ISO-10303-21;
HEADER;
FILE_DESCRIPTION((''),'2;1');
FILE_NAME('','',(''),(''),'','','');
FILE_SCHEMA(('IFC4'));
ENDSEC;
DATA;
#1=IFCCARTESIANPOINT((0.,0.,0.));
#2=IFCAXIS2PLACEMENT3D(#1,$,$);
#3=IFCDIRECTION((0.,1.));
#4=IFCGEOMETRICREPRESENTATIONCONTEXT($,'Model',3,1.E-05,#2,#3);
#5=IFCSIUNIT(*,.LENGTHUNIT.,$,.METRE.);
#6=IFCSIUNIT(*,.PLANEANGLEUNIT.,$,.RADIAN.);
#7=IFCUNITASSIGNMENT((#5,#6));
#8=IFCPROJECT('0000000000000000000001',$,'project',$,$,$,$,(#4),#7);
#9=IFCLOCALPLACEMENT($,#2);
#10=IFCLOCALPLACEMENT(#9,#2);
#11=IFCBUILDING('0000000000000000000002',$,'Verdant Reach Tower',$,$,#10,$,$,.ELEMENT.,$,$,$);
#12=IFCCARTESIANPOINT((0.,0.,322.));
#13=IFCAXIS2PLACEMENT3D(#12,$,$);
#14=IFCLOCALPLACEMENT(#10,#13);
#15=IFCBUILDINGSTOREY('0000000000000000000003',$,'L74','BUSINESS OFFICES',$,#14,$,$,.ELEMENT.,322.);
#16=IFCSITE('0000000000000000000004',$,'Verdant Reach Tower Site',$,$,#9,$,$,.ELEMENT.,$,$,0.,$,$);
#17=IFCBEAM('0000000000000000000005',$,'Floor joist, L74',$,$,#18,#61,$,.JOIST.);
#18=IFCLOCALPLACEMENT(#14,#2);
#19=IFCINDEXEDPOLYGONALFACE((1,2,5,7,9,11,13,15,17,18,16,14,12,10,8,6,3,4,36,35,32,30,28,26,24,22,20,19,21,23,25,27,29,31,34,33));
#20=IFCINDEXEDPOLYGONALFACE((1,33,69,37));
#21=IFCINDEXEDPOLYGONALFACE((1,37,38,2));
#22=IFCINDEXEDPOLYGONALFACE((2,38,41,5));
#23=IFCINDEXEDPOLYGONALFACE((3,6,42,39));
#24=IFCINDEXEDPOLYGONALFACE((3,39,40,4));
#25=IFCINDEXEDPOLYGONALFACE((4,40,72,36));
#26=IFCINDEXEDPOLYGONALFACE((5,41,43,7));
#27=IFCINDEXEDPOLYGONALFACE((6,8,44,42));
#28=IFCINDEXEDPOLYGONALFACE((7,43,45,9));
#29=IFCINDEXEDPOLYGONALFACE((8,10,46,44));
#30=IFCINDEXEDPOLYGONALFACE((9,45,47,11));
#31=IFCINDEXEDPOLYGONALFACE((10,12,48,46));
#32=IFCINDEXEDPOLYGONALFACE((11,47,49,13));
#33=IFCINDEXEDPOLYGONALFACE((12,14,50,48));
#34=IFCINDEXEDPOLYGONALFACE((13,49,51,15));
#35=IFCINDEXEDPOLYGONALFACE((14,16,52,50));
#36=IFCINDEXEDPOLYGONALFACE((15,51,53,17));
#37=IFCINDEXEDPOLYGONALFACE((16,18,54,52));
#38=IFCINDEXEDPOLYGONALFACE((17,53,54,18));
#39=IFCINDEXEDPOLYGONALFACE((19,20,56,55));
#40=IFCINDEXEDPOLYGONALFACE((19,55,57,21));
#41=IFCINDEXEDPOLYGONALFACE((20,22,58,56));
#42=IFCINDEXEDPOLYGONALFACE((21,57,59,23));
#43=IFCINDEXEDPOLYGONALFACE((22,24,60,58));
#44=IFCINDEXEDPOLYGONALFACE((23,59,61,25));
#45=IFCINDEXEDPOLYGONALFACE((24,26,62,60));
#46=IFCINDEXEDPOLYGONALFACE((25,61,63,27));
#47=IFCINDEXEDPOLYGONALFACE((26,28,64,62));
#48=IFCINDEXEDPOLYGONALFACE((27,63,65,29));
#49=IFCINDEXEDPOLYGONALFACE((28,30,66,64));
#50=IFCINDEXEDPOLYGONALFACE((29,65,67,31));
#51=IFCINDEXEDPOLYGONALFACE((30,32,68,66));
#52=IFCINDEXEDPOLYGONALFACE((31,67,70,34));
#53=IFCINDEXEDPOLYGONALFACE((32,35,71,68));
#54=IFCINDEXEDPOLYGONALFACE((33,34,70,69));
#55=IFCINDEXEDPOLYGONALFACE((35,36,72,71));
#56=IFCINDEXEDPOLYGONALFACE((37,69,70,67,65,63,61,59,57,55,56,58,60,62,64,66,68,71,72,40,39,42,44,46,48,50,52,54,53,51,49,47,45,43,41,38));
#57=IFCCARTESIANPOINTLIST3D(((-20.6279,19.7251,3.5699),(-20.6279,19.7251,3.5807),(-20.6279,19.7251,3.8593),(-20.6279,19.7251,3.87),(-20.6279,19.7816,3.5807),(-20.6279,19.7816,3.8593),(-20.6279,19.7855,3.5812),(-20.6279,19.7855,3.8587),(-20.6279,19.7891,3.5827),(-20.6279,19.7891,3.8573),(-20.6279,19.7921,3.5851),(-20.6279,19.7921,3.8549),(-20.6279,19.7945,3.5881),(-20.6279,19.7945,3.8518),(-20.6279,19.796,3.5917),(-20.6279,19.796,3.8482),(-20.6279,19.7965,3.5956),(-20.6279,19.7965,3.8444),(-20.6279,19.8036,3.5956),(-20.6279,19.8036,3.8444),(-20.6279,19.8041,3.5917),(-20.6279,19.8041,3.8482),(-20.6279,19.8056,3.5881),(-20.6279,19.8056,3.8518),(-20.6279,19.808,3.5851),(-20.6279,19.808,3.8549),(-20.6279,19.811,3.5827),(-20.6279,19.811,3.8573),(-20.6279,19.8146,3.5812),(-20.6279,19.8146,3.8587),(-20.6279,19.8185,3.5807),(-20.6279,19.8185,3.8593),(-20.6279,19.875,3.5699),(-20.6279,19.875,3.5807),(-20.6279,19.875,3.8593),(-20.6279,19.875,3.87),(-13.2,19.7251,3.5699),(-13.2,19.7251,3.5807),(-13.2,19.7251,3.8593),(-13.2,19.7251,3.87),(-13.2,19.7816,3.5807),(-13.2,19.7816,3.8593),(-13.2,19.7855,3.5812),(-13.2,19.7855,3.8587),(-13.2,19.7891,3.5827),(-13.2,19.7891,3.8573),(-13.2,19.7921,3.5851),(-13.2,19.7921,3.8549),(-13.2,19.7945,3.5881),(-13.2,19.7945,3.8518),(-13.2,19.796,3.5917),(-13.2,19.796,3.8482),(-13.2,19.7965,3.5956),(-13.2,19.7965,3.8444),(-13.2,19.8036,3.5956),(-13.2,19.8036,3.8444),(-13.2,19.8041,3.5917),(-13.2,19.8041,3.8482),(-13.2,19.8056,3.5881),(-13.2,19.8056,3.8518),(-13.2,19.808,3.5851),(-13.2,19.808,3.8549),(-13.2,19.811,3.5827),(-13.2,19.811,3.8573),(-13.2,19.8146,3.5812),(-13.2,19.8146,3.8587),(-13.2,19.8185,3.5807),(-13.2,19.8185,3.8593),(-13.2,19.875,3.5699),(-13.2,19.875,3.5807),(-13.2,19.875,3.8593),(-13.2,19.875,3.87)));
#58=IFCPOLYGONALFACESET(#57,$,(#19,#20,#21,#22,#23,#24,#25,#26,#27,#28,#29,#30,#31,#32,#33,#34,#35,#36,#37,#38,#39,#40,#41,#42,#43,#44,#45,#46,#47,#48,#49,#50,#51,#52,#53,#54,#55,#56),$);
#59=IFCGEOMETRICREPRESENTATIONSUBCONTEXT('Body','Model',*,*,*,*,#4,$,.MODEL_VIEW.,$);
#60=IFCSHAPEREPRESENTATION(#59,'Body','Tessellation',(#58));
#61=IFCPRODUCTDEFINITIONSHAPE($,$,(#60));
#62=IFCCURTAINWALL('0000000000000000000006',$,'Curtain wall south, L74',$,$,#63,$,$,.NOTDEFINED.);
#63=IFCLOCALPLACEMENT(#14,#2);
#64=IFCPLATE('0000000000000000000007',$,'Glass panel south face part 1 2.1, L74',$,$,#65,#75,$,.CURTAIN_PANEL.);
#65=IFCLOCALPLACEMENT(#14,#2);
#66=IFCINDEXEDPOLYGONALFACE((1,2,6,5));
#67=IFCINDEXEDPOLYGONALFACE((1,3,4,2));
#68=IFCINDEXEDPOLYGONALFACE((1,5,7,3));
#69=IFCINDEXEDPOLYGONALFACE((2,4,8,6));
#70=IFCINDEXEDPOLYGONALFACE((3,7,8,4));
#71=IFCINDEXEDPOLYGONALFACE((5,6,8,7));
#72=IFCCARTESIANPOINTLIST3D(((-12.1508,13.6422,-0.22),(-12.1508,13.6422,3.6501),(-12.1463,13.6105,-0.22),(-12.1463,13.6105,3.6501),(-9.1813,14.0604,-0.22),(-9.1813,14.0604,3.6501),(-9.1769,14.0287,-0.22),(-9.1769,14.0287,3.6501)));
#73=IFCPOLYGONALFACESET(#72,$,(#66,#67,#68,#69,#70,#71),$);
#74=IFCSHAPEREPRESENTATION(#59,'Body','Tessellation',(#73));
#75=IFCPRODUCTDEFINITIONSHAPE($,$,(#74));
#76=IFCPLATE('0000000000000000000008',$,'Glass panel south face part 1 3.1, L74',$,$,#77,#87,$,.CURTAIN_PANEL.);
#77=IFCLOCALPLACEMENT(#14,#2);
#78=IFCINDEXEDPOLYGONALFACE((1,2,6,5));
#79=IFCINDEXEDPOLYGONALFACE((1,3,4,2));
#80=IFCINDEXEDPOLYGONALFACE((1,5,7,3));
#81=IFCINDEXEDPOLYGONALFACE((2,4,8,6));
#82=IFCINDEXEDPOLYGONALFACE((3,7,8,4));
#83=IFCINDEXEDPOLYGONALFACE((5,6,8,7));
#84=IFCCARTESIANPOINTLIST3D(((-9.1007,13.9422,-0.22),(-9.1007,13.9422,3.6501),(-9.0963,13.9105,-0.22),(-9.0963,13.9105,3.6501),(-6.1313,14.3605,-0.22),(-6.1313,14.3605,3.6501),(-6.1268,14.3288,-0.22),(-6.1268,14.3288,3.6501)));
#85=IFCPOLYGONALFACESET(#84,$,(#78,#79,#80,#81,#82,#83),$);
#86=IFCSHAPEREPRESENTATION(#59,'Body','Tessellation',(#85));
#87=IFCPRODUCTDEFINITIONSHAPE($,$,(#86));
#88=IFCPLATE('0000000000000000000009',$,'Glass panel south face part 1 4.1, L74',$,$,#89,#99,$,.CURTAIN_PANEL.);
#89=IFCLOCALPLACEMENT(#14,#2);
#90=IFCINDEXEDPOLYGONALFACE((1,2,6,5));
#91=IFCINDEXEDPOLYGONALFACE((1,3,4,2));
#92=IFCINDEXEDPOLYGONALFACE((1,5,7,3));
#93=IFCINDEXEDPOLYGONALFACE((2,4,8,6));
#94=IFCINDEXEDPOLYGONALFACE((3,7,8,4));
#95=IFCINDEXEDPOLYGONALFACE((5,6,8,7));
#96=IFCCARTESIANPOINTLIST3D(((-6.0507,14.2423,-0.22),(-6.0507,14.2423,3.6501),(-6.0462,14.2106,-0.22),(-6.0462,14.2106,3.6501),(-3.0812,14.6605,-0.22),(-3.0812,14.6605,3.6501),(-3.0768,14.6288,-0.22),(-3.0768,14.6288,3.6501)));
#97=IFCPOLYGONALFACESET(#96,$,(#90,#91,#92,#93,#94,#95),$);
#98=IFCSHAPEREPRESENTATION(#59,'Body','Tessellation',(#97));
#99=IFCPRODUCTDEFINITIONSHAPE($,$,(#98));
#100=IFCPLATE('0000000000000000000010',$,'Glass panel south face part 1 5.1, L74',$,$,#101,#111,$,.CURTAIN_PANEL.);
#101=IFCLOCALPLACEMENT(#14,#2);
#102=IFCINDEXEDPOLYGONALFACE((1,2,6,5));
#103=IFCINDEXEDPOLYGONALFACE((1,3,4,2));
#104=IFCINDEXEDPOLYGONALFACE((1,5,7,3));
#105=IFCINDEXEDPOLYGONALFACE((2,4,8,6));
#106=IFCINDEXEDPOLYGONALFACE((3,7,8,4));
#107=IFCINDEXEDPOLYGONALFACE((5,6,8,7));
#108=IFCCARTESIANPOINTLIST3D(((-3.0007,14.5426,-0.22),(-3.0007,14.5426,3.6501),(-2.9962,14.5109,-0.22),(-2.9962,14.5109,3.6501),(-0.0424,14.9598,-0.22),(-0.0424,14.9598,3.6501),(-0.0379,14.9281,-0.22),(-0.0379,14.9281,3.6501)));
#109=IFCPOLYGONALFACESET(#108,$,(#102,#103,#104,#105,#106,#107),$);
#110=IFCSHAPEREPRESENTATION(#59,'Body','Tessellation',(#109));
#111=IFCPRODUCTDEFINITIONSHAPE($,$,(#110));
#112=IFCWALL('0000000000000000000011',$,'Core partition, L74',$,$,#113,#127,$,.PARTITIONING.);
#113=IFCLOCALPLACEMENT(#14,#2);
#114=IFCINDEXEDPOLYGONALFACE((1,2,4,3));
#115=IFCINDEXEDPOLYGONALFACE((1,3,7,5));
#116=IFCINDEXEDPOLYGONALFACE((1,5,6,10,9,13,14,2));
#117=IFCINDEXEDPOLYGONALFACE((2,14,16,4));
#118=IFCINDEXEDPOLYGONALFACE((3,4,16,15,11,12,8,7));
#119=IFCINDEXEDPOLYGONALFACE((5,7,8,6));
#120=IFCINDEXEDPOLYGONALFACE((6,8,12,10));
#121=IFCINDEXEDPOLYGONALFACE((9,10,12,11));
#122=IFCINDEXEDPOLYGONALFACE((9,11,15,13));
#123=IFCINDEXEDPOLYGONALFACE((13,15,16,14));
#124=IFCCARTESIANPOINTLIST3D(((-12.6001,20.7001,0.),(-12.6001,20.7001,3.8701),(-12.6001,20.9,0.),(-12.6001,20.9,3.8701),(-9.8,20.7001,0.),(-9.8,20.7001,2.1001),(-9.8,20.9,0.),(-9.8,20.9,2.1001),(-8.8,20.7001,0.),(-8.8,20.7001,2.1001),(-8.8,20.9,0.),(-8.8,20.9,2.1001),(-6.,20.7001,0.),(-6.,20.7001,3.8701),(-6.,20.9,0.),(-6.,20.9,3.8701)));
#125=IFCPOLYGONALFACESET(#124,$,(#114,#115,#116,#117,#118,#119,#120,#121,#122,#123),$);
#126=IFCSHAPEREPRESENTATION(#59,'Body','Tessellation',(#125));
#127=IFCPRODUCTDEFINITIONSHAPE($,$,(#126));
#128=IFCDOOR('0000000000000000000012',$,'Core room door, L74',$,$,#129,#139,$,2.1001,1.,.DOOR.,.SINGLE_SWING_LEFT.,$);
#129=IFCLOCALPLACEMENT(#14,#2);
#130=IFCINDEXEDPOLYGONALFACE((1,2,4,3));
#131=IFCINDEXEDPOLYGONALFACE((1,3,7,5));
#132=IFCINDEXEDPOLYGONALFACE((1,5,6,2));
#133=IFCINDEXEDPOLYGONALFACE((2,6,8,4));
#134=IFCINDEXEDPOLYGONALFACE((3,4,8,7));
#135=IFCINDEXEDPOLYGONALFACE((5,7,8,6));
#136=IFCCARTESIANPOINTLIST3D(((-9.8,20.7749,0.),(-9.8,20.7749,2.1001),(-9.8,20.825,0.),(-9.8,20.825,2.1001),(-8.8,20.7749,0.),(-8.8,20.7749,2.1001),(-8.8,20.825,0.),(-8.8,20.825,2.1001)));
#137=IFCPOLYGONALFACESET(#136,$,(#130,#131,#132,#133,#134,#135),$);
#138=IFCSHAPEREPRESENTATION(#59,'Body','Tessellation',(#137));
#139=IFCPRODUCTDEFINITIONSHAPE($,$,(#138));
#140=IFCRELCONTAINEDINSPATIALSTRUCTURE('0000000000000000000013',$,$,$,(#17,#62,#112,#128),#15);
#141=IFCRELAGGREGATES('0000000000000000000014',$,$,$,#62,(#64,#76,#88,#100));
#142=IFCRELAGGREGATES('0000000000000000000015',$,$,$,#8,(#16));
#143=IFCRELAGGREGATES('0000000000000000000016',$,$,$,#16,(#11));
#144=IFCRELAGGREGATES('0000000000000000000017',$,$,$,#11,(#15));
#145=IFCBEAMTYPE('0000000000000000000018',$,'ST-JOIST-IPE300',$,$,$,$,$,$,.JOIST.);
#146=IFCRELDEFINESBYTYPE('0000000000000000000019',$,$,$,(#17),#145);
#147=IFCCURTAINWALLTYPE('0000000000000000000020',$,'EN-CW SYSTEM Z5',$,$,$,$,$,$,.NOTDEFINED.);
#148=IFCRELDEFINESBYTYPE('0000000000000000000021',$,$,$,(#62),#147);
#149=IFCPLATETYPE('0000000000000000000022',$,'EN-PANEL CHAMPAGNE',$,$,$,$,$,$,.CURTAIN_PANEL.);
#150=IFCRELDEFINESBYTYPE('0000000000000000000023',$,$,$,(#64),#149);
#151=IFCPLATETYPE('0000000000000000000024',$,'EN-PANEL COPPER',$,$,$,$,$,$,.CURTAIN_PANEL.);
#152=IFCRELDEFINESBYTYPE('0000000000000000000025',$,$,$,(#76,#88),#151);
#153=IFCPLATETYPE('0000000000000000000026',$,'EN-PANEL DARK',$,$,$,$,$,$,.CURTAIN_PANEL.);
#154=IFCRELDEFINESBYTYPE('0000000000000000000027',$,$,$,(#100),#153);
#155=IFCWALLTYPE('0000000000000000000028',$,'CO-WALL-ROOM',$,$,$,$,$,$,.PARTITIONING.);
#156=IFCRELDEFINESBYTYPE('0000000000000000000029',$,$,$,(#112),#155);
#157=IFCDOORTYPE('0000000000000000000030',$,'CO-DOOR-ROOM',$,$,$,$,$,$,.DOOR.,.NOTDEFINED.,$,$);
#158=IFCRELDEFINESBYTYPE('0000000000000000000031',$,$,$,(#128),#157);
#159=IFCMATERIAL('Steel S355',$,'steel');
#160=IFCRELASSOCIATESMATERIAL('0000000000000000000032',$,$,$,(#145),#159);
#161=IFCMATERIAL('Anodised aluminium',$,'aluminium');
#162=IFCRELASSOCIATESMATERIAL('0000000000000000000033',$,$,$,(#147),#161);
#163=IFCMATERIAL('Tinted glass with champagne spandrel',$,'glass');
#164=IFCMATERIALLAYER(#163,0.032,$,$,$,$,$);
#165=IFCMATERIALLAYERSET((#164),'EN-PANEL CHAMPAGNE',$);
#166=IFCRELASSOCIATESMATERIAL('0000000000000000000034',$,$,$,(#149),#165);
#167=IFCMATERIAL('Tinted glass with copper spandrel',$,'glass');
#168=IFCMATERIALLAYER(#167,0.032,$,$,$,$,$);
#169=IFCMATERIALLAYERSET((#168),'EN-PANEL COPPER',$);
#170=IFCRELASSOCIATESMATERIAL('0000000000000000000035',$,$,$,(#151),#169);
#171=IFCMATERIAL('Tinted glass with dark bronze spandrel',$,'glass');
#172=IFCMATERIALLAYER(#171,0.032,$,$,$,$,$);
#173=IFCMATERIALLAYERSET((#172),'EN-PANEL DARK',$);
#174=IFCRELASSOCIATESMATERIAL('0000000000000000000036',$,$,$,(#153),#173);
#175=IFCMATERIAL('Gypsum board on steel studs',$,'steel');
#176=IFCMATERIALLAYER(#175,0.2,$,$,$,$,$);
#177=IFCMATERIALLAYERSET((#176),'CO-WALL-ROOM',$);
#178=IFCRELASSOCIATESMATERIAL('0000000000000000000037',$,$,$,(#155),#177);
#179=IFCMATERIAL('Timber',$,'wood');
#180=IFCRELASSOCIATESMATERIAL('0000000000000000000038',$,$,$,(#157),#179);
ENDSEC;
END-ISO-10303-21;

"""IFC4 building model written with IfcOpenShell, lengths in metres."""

from ifc_helpers import new_model, si_unit, direction, frame, frame_2d, origin, origin_2d, place, context, subcontext, project, spatial, rectangle, i_section, extrude, material, layer, layer_set, material_profile, profile_set, type_object, element, fill, aggregate, save


model = new_model("IFC4")

# Units and contexts
model_context = context("Model", 3, precision=1e-05, world=origin(), true_north=direction((0.0, 1.0)))
body_context = subcontext(model_context, "Body", "Model", "MODEL_VIEW")
ifc_project = project(units=[si_unit("LENGTHUNIT", "METRE"), si_unit("PLANEANGLEUNIT", "RADIAN")], contexts=[model_context])

# Site, building, storey
site_placement = place(None, origin())
site = spatial("IfcSite", under=ifc_project, at=site_placement, Name="Verdant Reach Tower Site", CompositionType="ELEMENT", RefElevation=0.0)
building_placement = place(site_placement, origin())
building = spatial("IfcBuilding", under=site, at=building_placement, Name="Verdant Reach Tower", CompositionType="ELEMENT")
storey_placement = place(building_placement, frame((0.0, 0.0, 322.0)))
storey = spatial("IfcBuildingStorey", under=building, at=storey_placement, Name="L74", Description="BUSINESS OFFICES", CompositionType="ELEMENT", Elevation=322.0)

# Beam
ifc_material_1 = material(Name="Steel S355", Category="steel")
ifc_material_profile_1 = material_profile(ifc_material_1, i_section(OverallWidth=0.1499, OverallDepth=0.3, WebThickness=0.0071, FlangeThickness=0.0107, FilletRadius=0.0149, at=origin_2d()), Name="IPE 300")
ifc_profile_set_1 = profile_set([ifc_material_profile_1], Name="Steel S355")
beam_type = type_object("IfcBeamType", Name="ST-JOIST-IPE300", PredefinedType="JOIST", material=ifc_profile_set_1)
beam_1_placement = place(storey_placement, frame((-13.2, 19.8, 3.72), z_axis=(-1.0, 0.0, 0.0), x_axis=(0.0, -1.0, 0.0)))
element("IfcBeam", 1, at=beam_1_placement, inside=storey, type_object=beam_type, Name="Floor joist, L74", PredefinedType="JOIST", context=body_context, shape_type="SweptSolid", body=[
    extrude(i_section(OverallWidth=0.1499, OverallDepth=0.3, WebThickness=0.0071, FlangeThickness=0.0107, FilletRadius=0.0149, at=origin_2d()), origin(), (0.0, 0.0, 1.0), 7.428),
])

# Curtain wall, plates
ifc_material_2 = material(Name="Anodised aluminium", Category="aluminium")
curtain_wall_type = type_object("IfcCurtainWallType", Name="EN-CW SYSTEM Z5", PredefinedType="NOTDEFINED", material=ifc_material_2)
curtain_wall_placement = place(storey_placement, origin())
curtain_wall = element("IfcCurtainWall", 2, at=curtain_wall_placement, inside=storey, type_object=curtain_wall_type, Name="Curtain wall south, L74", PredefinedType="NOTDEFINED")
ifc_material_3 = material(Name="Tinted glass with champagne spandrel", Category="glass")
ifc_layer_1 = layer(ifc_material_3, 0.032)
ifc_layer_set_1 = layer_set([ifc_layer_1], Name="EN-PANEL CHAMPAGNE")
plate_type_1 = type_object("IfcPlateType", Name="EN-PANEL CHAMPAGNE", PredefinedType="CURTAIN_PANEL", material=ifc_layer_set_1)
plate_1_placement = place(storey_placement, frame((-10.6638, 13.8354, -0.22), z_axis=(0.0, 0.0, 1.0), x_axis=(0.990225, 0.139477, 0.0)))
plate_1 = element("IfcPlate", 3, at=plate_1_placement, type_object=plate_type_1, Name="Glass panel south face part 1 2.1, L74", PredefinedType="CURTAIN_PANEL", context=body_context, shape_type="SweptSolid", body=[
    extrude(rectangle(XDim=2.9988, YDim=0.032, at=origin_2d()), origin(), (0.0, 0.0, 1.0), 3.8701),
])
ifc_material_4 = material(Name="Tinted glass with copper spandrel", Category="glass")
ifc_layer_2 = layer(ifc_material_4, 0.032)
ifc_layer_set_2 = layer_set([ifc_layer_2], Name="EN-PANEL COPPER")
plate_type_2 = type_object("IfcPlateType", Name="EN-PANEL COPPER", PredefinedType="CURTAIN_PANEL", material=ifc_layer_set_2)
plate_2_placement = place(storey_placement, frame((-7.6138, 14.1355, -0.22), z_axis=(0.0, 0.0, 1.0), x_axis=(0.990225, 0.139477, 0.0)))
plate_2 = element("IfcPlate", 4, at=plate_2_placement, type_object=plate_type_2, Name="Glass panel south face part 1 3.1, L74", PredefinedType="CURTAIN_PANEL", context=body_context, shape_type="SweptSolid", body=[
    extrude(rectangle(XDim=2.9988, YDim=0.032, at=origin_2d()), origin(), (0.0, 0.0, 1.0), 3.8701),
])
plate_3_placement = place(storey_placement, frame((-4.5637, 14.4355, -0.22), z_axis=(0.0, 0.0, 1.0), x_axis=(0.990225, 0.139477, 0.0)))
plate_3 = element("IfcPlate", 5, at=plate_3_placement, type_object=plate_type_2, Name="Glass panel south face part 1 4.1, L74", PredefinedType="CURTAIN_PANEL", context=body_context, shape_type="SweptSolid", body=[
    extrude(rectangle(XDim=2.9988, YDim=0.032, at=origin_2d()), origin(), (0.0, 0.0, 1.0), 3.8701),
])
ifc_material_5 = material(Name="Tinted glass with dark bronze spandrel", Category="glass")
ifc_layer_3 = layer(ifc_material_5, 0.032)
ifc_layer_set_3 = layer_set([ifc_layer_3], Name="EN-PANEL DARK")
plate_type_3 = type_object("IfcPlateType", Name="EN-PANEL DARK", PredefinedType="CURTAIN_PANEL", material=ifc_layer_set_3)
plate_4_placement = place(storey_placement, frame((-1.5193, 14.7354, -0.22), z_axis=(0.0, 0.0, 1.0), x_axis=(0.9902, 0.139656, 0.0)))
plate_4 = element("IfcPlate", 6, at=plate_4_placement, type_object=plate_type_3, Name="Glass panel south face part 1 5.1, L74", PredefinedType="CURTAIN_PANEL", context=body_context, shape_type="SweptSolid", body=[
    extrude(rectangle(XDim=2.9875, YDim=0.032, at=origin_2d()), origin(), (0.0, 0.0, 1.0), 3.8701),
])
aggregate(curtain_wall, [plate_1, plate_2, plate_3, plate_4])

# Wall, opening, door
ifc_material_6 = material(Name="Gypsum board on steel studs", Category="steel")
ifc_layer_4 = layer(ifc_material_6, 0.2)
ifc_layer_set_4 = layer_set([ifc_layer_4], Name="CO-WALL-ROOM")
wall_type_1 = type_object("IfcWallType", Name="CO-WALL-ROOM", PredefinedType="PARTITIONING", material=ifc_layer_set_4)
wall_1_placement = place(storey_placement, frame((-12.6001, 20.8, 0.0), z_axis=(0.0, 0.0, 1.0), x_axis=(1.0, 0.0, 0.0)))
wall_1 = element("IfcWall", 7, at=wall_1_placement, inside=storey, type_object=wall_type_1, Name="Core partition, L74", PredefinedType="PARTITIONING", context=body_context, shape_type="SweptSolid", body=[
    extrude(rectangle(XDim=6.6001, YDim=0.2, at=frame_2d((3.3, 0.0))), origin(), (0.0, 0.0, 1.0), 3.8701),
])
opening_1_placement = place(wall_1_placement, frame((2.8, 0.0, 0.0)))
opening_1 = element("IfcOpeningElement", 8, at=opening_1_placement, cuts=wall_1, PredefinedType="OPENING", context=body_context, shape_type="SweptSolid", body=[
    extrude(rectangle(XDim=1.0, YDim=2.1001, at=frame_2d((0.5, 1.05))), frame((0.0, 0.1099, 0.0), z_axis=(0.0, -1.0, 0.0), x_axis=(1.0, 0.0, 0.0)), (0.0, 0.0, 1.0), 0.22),
])
ifc_material_7 = material(Name="Timber", Category="wood")
door_type_1 = type_object("IfcDoorType", Name="CO-DOOR-ROOM", OperationType="NOTDEFINED", PredefinedType="DOOR", material=ifc_material_7)
door_1_placement = place(opening_1_placement, origin())
door_1 = element("IfcDoor", 9, at=door_1_placement, inside=storey, type_object=door_type_1, Name="Core room door, L74", OperationType="SINGLE_SWING_LEFT", OverallHeight=2.1001, OverallWidth=1.0, PredefinedType="DOOR", context=body_context, shape_type="SweptSolid", body=[
    extrude(rectangle(XDim=1.0, YDim=2.1001, at=frame_2d((0.5, 1.05))), frame((0.0, 0.0249, 0.0), z_axis=(0.0, -1.0, 0.0), x_axis=(1.0, 0.0, 0.0)), (0.0, 0.0, 1.0), 0.05),
])
fill(opening_1, door_1)

save(model, "model.ifc")
